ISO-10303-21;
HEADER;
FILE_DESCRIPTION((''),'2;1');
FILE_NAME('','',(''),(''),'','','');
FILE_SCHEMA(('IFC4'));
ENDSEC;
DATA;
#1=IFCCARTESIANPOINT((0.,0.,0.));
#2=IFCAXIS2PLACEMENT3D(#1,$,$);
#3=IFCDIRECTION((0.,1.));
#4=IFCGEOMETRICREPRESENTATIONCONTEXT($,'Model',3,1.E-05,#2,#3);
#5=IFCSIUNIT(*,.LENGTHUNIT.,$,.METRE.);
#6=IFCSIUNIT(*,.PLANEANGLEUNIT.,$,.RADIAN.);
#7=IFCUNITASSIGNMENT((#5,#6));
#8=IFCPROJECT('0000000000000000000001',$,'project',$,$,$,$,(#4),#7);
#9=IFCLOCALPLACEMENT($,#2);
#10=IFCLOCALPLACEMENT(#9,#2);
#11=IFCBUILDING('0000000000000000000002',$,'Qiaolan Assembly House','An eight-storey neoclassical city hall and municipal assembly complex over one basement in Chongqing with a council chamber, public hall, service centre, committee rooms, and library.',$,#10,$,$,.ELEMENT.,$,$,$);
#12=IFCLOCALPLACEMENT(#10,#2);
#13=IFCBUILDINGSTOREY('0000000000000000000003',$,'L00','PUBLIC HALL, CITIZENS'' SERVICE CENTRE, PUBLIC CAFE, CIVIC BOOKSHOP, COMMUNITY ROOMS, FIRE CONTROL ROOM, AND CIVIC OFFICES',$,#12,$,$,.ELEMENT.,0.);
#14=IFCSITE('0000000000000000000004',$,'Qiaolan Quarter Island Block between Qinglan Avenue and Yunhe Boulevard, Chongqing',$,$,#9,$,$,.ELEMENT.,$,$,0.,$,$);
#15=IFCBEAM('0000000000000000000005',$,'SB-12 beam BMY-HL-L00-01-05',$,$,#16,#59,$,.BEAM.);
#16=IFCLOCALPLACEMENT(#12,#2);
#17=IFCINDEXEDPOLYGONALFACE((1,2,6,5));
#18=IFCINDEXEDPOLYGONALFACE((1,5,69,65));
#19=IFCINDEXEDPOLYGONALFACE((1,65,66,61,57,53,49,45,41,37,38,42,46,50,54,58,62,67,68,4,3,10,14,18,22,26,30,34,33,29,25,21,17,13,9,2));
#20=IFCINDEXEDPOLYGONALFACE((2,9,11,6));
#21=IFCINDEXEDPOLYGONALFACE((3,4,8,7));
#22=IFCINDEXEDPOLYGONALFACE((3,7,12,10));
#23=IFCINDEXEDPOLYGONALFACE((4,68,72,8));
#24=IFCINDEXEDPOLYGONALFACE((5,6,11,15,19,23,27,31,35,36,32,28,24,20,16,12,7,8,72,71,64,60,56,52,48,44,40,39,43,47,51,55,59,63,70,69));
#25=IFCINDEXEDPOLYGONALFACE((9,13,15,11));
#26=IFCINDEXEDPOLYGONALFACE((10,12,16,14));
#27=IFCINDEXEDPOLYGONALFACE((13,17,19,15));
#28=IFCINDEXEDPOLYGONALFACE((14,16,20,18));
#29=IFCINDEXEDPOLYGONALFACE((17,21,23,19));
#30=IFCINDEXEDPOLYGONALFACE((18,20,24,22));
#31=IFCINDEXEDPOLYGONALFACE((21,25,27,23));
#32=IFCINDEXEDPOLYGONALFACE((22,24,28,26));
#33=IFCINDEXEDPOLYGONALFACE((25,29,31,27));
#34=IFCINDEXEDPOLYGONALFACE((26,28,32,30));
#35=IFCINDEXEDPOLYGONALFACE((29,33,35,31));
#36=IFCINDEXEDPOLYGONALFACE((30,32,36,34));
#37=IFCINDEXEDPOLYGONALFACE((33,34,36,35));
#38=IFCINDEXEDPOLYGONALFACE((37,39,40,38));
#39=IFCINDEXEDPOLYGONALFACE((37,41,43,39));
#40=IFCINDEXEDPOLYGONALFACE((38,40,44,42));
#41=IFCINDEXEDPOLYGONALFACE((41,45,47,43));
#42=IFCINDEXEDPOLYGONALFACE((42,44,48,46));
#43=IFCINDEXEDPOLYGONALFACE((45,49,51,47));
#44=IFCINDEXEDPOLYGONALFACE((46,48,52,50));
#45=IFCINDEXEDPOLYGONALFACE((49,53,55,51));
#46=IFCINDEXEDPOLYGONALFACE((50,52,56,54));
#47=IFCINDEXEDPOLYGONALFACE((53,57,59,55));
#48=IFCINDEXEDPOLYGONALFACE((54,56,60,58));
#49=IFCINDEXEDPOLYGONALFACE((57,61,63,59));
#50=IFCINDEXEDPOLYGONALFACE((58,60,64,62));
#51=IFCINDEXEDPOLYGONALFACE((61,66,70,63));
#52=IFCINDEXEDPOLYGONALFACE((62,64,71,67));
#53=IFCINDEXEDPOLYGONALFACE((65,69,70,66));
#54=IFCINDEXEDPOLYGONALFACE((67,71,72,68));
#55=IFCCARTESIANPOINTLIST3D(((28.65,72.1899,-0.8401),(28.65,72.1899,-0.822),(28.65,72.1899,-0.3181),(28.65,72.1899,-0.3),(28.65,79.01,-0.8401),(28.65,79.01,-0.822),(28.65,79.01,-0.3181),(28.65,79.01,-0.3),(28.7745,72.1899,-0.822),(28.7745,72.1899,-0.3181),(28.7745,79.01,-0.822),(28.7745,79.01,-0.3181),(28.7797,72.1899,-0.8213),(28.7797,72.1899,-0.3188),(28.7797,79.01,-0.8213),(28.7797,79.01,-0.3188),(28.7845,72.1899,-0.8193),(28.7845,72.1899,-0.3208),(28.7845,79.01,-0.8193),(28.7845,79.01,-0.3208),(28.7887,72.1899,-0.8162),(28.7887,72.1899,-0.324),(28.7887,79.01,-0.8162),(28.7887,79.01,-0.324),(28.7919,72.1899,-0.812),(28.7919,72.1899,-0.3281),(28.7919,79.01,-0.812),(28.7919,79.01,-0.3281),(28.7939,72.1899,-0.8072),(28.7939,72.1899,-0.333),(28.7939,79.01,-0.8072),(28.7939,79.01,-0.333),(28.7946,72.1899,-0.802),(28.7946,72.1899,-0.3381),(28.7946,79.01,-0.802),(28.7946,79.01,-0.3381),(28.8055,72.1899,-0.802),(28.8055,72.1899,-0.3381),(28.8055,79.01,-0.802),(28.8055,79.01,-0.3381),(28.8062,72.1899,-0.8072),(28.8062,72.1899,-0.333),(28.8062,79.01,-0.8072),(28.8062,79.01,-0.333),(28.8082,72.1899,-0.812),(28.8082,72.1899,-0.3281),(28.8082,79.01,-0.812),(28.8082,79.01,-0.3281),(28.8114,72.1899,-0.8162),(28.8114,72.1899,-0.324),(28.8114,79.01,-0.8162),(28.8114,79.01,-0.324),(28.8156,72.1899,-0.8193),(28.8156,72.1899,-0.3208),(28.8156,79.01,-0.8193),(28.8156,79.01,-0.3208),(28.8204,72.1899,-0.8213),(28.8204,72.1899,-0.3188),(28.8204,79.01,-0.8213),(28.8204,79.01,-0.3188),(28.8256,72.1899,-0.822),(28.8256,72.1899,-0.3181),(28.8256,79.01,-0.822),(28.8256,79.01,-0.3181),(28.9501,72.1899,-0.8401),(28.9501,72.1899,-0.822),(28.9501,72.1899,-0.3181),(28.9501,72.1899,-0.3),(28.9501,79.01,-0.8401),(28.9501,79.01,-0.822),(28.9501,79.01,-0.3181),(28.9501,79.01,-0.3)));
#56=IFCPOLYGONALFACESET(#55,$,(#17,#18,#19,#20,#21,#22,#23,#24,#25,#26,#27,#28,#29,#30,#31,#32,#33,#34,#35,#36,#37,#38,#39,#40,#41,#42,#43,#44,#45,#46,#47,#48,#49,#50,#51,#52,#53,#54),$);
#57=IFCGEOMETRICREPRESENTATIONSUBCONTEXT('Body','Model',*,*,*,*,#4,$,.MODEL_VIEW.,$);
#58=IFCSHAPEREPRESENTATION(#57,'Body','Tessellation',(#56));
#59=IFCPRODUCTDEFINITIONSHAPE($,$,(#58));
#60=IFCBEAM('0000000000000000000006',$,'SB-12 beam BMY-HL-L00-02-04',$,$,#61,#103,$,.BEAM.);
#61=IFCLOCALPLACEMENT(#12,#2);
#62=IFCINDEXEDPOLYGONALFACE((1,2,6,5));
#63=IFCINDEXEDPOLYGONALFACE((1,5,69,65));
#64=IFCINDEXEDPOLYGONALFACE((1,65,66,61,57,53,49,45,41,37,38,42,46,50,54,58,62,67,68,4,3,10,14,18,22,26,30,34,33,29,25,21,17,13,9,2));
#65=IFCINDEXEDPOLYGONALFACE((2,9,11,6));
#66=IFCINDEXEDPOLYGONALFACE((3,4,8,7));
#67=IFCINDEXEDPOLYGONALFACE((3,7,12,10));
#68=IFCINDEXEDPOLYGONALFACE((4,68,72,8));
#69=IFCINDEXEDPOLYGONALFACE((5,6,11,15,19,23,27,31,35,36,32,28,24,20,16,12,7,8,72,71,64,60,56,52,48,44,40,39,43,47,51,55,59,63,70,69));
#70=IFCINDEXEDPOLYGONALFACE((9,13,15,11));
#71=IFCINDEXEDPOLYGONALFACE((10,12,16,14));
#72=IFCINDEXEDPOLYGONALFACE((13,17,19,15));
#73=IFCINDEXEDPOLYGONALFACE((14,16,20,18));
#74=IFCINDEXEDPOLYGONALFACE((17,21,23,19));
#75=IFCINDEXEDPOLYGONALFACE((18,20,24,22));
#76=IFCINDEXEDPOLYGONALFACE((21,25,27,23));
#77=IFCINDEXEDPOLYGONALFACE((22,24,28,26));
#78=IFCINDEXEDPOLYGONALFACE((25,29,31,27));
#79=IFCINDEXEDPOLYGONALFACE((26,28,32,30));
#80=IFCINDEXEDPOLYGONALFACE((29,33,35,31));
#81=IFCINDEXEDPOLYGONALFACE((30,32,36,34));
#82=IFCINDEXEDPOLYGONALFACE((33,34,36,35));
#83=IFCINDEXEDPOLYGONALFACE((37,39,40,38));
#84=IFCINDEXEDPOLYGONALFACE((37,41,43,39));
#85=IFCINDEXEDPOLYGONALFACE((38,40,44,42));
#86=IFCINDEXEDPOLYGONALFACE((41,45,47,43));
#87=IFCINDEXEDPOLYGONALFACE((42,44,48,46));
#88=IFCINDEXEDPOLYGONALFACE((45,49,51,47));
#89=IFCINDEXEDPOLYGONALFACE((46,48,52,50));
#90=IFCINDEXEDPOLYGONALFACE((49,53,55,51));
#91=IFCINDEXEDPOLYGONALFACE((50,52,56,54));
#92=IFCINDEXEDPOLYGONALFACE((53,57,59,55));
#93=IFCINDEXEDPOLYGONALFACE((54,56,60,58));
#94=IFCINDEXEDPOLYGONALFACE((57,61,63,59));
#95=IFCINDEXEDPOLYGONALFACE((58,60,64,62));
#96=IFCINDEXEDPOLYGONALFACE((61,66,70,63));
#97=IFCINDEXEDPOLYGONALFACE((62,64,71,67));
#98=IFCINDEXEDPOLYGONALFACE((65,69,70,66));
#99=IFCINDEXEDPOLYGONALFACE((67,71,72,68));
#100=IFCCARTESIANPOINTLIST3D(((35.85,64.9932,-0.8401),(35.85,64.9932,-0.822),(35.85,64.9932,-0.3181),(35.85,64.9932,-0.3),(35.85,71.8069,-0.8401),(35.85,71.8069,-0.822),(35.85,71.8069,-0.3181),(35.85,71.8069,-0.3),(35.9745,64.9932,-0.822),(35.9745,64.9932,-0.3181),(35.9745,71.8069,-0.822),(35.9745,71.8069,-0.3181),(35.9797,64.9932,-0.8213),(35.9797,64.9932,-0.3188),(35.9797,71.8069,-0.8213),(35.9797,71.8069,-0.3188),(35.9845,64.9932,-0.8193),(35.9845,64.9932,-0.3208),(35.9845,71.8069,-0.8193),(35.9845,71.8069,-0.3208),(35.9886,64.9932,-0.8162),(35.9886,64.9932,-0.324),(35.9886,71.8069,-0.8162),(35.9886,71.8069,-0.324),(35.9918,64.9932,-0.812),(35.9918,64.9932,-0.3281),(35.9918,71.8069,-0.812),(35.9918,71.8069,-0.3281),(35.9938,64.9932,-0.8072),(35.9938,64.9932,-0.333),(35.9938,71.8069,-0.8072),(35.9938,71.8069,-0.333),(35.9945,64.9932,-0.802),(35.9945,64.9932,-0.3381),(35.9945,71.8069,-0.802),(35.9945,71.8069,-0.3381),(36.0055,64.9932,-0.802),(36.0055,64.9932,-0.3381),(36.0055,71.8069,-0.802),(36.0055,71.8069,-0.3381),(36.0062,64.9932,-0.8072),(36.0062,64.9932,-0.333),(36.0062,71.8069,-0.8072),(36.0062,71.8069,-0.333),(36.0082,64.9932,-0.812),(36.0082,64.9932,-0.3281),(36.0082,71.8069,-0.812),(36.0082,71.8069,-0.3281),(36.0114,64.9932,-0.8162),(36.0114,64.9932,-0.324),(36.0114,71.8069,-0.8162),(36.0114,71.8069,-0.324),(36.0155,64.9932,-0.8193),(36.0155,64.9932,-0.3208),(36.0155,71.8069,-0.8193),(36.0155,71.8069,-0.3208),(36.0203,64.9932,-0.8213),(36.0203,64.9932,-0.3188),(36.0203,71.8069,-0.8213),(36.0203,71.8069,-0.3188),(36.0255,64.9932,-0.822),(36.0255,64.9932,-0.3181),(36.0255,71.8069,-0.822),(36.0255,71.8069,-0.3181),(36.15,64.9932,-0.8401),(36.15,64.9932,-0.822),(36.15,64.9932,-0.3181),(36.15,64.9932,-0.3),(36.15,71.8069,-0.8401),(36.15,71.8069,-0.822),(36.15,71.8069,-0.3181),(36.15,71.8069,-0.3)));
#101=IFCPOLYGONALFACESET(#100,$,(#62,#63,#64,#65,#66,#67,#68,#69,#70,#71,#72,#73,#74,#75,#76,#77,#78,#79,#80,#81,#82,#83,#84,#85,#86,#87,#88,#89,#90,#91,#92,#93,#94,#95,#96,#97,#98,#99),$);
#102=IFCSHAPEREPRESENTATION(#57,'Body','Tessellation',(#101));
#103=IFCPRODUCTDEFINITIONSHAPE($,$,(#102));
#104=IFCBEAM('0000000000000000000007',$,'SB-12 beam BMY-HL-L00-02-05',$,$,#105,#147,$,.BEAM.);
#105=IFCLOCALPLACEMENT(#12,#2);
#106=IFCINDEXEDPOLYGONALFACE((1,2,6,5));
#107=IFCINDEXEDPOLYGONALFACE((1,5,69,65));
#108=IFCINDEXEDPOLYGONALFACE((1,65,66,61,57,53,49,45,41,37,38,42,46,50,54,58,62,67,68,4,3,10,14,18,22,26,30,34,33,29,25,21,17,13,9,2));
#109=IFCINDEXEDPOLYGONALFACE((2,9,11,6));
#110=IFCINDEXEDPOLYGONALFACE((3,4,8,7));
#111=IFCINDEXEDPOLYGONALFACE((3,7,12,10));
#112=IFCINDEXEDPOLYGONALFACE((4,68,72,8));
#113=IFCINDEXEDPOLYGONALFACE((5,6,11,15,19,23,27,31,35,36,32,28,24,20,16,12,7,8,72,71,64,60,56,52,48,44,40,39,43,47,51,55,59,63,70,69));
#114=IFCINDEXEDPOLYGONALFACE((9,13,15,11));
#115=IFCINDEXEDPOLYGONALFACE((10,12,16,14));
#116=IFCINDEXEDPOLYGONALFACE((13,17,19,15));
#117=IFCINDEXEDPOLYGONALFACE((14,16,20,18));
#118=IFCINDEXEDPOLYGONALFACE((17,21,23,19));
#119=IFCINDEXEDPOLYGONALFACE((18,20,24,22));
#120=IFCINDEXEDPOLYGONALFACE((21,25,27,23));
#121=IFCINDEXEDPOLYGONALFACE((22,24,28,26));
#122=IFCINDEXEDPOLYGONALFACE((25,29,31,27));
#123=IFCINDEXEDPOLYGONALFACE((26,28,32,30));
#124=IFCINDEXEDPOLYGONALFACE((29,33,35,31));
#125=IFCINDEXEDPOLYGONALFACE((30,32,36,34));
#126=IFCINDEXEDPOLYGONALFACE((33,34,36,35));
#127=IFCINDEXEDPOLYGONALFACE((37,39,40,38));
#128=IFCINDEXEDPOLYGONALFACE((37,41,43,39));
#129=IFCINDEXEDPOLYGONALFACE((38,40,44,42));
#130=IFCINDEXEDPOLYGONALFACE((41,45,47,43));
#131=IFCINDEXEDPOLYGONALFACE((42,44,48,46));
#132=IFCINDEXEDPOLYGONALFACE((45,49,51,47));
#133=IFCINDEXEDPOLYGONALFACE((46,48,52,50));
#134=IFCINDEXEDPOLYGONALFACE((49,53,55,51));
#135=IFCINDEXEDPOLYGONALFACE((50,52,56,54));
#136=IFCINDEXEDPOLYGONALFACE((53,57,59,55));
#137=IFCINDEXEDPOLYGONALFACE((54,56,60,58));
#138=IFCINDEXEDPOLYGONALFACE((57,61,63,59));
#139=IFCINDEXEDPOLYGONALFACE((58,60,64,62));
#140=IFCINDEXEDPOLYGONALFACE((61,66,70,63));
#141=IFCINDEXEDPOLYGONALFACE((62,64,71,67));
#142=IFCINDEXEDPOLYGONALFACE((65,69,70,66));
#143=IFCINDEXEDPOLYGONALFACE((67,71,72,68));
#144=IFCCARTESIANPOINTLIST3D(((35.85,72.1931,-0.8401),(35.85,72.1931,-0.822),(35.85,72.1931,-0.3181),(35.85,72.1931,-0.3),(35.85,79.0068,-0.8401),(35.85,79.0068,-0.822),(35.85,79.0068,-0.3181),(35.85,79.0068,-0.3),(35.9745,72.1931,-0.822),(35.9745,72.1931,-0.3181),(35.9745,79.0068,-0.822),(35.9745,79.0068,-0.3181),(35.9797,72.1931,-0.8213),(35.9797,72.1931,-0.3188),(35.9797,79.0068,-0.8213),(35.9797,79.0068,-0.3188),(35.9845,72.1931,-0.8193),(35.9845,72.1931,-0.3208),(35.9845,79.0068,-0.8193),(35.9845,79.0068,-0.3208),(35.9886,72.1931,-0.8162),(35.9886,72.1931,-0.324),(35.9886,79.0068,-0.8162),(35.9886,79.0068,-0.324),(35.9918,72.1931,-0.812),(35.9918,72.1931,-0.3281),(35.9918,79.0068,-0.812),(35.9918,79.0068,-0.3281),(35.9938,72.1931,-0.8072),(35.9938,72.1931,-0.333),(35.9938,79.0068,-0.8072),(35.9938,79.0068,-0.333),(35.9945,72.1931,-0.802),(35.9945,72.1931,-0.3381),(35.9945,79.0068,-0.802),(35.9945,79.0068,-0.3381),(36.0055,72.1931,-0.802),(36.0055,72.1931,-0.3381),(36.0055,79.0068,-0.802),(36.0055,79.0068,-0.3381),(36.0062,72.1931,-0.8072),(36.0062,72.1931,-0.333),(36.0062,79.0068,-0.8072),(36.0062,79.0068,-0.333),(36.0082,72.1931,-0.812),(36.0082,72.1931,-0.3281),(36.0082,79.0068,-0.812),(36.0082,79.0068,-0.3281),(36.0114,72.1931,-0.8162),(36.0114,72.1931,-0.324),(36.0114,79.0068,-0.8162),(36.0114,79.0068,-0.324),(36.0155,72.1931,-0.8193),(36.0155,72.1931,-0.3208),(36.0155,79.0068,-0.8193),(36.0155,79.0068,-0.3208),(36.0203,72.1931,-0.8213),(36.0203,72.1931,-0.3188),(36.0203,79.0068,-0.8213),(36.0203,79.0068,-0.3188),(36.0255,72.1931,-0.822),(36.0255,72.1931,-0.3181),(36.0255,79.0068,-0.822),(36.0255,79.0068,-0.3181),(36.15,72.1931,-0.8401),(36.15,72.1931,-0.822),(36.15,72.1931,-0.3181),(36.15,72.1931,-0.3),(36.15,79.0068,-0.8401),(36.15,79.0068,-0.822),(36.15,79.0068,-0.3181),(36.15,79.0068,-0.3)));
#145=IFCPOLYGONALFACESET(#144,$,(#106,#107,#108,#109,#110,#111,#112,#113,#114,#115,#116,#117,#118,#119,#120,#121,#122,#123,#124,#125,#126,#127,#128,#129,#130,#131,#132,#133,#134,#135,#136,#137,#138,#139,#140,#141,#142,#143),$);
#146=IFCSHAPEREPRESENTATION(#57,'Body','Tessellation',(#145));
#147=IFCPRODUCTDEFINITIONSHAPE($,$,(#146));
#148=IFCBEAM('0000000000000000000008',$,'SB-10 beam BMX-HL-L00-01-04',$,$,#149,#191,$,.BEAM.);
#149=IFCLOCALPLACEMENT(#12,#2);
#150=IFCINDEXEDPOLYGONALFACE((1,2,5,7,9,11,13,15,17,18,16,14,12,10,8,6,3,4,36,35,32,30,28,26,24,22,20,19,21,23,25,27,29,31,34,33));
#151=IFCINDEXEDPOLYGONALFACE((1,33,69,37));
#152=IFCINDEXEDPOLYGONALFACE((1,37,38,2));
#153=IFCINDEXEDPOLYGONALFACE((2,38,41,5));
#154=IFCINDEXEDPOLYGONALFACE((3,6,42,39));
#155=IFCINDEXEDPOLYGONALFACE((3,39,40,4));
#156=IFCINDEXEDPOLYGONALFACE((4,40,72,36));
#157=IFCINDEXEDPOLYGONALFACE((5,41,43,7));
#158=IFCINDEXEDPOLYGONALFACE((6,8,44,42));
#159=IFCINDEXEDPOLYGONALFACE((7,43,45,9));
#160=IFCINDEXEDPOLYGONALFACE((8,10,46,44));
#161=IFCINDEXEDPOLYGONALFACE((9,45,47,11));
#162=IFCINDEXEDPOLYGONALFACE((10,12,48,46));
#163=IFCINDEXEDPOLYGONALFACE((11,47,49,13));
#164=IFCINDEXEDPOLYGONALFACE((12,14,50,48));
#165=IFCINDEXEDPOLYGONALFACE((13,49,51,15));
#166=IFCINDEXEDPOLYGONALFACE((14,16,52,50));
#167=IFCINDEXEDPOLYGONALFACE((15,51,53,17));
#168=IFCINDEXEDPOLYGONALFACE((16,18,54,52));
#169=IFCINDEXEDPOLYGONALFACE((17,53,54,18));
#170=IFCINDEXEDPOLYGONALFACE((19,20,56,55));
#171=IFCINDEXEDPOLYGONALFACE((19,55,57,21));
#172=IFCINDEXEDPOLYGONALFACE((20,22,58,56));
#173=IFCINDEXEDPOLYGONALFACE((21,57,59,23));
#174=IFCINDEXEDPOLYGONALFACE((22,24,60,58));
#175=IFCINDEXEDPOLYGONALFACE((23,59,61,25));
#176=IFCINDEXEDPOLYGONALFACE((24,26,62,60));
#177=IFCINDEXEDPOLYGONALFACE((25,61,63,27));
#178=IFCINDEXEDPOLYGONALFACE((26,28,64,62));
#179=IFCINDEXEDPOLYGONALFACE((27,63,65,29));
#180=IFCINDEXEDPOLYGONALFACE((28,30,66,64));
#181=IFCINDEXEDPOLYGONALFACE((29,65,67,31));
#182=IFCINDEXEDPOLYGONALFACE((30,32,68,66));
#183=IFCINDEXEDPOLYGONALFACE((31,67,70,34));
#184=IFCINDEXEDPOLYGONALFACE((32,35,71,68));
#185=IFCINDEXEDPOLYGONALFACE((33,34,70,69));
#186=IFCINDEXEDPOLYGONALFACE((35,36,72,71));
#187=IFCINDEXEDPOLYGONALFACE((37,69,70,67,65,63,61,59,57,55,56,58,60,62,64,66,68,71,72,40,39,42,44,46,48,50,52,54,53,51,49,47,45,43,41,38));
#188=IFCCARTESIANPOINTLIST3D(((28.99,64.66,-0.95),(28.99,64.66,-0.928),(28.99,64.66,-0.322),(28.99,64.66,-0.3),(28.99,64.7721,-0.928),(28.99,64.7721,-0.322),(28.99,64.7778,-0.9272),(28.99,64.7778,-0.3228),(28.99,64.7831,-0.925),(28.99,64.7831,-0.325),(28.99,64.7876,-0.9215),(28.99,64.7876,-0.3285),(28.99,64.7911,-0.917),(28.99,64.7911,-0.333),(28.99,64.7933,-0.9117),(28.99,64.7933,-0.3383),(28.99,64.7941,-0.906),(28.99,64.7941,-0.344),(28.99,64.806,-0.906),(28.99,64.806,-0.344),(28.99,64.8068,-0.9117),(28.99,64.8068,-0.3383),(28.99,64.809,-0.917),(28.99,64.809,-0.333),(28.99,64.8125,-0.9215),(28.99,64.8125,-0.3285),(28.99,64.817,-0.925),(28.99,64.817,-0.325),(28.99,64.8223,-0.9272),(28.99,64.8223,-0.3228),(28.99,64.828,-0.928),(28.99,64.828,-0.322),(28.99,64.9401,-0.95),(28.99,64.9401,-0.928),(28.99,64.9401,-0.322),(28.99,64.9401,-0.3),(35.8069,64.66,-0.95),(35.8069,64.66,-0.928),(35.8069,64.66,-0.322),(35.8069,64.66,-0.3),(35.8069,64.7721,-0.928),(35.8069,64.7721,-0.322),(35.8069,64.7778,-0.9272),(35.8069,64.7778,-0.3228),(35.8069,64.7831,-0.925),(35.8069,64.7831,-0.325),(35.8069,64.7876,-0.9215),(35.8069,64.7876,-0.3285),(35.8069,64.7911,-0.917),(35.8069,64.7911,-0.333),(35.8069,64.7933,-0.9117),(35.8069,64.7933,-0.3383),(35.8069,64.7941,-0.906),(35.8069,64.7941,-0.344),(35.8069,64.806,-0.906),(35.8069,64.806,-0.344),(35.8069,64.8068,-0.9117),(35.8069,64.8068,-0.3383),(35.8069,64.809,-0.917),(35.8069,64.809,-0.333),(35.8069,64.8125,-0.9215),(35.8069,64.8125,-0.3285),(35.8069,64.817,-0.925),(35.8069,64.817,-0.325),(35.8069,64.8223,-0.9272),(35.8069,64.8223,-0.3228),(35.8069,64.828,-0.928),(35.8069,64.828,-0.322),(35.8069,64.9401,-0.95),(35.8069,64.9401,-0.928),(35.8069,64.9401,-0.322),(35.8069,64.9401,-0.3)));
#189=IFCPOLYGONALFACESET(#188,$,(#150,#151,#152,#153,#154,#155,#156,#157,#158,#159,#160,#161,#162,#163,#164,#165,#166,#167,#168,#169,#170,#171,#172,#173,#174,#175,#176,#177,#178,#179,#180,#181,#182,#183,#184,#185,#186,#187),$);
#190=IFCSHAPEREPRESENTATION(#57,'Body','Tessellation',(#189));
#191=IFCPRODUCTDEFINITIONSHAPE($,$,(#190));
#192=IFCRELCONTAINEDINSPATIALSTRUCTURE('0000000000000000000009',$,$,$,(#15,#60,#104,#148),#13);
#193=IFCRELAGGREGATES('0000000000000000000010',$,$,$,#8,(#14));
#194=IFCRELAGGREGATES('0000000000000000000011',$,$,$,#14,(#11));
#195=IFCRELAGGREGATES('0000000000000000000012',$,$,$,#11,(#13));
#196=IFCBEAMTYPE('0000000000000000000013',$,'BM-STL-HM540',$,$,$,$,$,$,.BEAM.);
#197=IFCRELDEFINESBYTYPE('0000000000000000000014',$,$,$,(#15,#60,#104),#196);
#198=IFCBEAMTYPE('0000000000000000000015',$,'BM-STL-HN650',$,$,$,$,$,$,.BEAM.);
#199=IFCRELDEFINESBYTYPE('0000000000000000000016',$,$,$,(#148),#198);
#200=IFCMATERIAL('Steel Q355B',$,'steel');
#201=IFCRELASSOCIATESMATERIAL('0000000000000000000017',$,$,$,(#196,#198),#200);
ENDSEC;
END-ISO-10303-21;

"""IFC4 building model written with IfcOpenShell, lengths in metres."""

from ifc_helpers import new_model, si_unit, direction, frame, origin, origin_2d, place, context, subcontext, project, spatial, i_section, extrude, material, material_profile, profile_set, type_object, element, save


model = new_model("IFC4")

# Units and contexts
model_context = context("Model", 3, precision=1e-05, world=origin(), true_north=direction((0.0, 1.0)))
body_context = subcontext(model_context, "Body", "Model", "MODEL_VIEW")
ifc_project = project(units=[si_unit("LENGTHUNIT", "METRE"), si_unit("PLANEANGLEUNIT", "RADIAN")], contexts=[model_context])

# Site, building, storey
site_placement = place(None, origin())
site = spatial("IfcSite", under=ifc_project, at=site_placement, Name="Qiaolan Quarter Island Block between Qinglan Avenue and Yunhe Boulevard, Chongqing", CompositionType="ELEMENT", RefElevation=0.0)
building_placement = place(site_placement, origin())
building = spatial("IfcBuilding", under=site, at=building_placement, Name="Qiaolan Assembly House", Description="An eight-storey neoclassical city hall and municipal assembly complex over one basement in Chongqing with a council chamber, public hall, service centre, committee rooms, and library.", CompositionType="ELEMENT")
storey_placement = place(building_placement, origin())
storey = spatial("IfcBuildingStorey", under=building, at=storey_placement, Name="L00", Description="PUBLIC HALL, CITIZENS' SERVICE CENTRE, PUBLIC CAFE, CIVIC BOOKSHOP, COMMUNITY ROOMS, FIRE CONTROL ROOM, AND CIVIC OFFICES", CompositionType="ELEMENT", Elevation=0.0)

# Shared definitions
ifc_material_1 = material(Name="Steel Q355B", Category="steel")

# Beams
ifc_material_profile_1 = material_profile(ifc_material_1, i_section(OverallWidth=0.3, OverallDepth=0.54, WebThickness=0.011, FlangeThickness=0.0181, FilletRadius=0.02, at=origin_2d()), Name="HM 540x300x11x18")
ifc_profile_set_1 = profile_set([ifc_material_profile_1], Name="Steel Q355B")
beam_type_1 = type_object("IfcBeamType", Name="BM-STL-HM540", PredefinedType="BEAM", material=ifc_profile_set_1)
beam_1_placement = place(storey_placement, frame((28.8, 72.1899, -0.5701), z_axis=(0.0, 1.0, 0.0), x_axis=(-1.0, 0.0, 0.0)))
element("IfcBeam", 1, at=beam_1_placement, inside=storey, type_object=beam_type_1, Name="SB-12 beam BMY-HL-L00-01-05", PredefinedType="BEAM", context=body_context, shape_type="SweptSolid", body=[
    extrude(i_section(OverallWidth=0.3, OverallDepth=0.54, WebThickness=0.011, FlangeThickness=0.0181, FilletRadius=0.02, at=origin_2d()), origin(), (0.0, 0.0, 1.0), 6.8201),
])
for number, where, z_axis, x_axis, name in (
    (2, (36.0, 64.9932, -0.5701), (0.0, 1.0, 0.0), (-1.0, 0.0, 0.0), "SB-12 beam BMY-HL-L00-02-04"),
    (3, (36.0, 72.1931, -0.5701), (0.0, 1.0, 0.0), (-1.0, 0.0, 0.0), "SB-12 beam BMY-HL-L00-02-05"),
):
    element("IfcBeam", number, at=place(storey_placement, frame(where, z_axis=z_axis, x_axis=x_axis)), inside=storey, type_object=beam_type_1, Name=name, PredefinedType="BEAM", context=body_context, shape_type="SweptSolid", body=[
        extrude(i_section(OverallWidth=0.3, OverallDepth=0.54, WebThickness=0.011, FlangeThickness=0.0181, FilletRadius=0.02, at=origin_2d()), origin(), (0.0, 0.0, 1.0), 6.8137),
    ])
ifc_material_profile_2 = material_profile(ifc_material_1, i_section(OverallWidth=0.28, OverallDepth=0.6499, WebThickness=0.012, FlangeThickness=0.022, FilletRadius=0.022, at=origin_2d()), Name="HN 650x280x12x22")
ifc_profile_set_2 = profile_set([ifc_material_profile_2], Name="Steel Q355B")
beam_type_2 = type_object("IfcBeamType", Name="BM-STL-HN650", PredefinedType="BEAM", material=ifc_profile_set_2)
beam_2_placement = place(storey_placement, frame((28.99, 64.8, -0.625), z_axis=(1.0, 0.0, 0.0), x_axis=(0.0, 1.0, 0.0)))
element("IfcBeam", 4, at=beam_2_placement, inside=storey, type_object=beam_type_2, Name="SB-10 beam BMX-HL-L00-01-04", PredefinedType="BEAM", context=body_context, shape_type="SweptSolid", body=[
    extrude(i_section(OverallWidth=0.28, OverallDepth=0.6499, WebThickness=0.012, FlangeThickness=0.022, FilletRadius=0.022, at=origin_2d()), origin(), (0.0, 0.0, 1.0), 6.8169),
])

save(model, "model.ifc")
